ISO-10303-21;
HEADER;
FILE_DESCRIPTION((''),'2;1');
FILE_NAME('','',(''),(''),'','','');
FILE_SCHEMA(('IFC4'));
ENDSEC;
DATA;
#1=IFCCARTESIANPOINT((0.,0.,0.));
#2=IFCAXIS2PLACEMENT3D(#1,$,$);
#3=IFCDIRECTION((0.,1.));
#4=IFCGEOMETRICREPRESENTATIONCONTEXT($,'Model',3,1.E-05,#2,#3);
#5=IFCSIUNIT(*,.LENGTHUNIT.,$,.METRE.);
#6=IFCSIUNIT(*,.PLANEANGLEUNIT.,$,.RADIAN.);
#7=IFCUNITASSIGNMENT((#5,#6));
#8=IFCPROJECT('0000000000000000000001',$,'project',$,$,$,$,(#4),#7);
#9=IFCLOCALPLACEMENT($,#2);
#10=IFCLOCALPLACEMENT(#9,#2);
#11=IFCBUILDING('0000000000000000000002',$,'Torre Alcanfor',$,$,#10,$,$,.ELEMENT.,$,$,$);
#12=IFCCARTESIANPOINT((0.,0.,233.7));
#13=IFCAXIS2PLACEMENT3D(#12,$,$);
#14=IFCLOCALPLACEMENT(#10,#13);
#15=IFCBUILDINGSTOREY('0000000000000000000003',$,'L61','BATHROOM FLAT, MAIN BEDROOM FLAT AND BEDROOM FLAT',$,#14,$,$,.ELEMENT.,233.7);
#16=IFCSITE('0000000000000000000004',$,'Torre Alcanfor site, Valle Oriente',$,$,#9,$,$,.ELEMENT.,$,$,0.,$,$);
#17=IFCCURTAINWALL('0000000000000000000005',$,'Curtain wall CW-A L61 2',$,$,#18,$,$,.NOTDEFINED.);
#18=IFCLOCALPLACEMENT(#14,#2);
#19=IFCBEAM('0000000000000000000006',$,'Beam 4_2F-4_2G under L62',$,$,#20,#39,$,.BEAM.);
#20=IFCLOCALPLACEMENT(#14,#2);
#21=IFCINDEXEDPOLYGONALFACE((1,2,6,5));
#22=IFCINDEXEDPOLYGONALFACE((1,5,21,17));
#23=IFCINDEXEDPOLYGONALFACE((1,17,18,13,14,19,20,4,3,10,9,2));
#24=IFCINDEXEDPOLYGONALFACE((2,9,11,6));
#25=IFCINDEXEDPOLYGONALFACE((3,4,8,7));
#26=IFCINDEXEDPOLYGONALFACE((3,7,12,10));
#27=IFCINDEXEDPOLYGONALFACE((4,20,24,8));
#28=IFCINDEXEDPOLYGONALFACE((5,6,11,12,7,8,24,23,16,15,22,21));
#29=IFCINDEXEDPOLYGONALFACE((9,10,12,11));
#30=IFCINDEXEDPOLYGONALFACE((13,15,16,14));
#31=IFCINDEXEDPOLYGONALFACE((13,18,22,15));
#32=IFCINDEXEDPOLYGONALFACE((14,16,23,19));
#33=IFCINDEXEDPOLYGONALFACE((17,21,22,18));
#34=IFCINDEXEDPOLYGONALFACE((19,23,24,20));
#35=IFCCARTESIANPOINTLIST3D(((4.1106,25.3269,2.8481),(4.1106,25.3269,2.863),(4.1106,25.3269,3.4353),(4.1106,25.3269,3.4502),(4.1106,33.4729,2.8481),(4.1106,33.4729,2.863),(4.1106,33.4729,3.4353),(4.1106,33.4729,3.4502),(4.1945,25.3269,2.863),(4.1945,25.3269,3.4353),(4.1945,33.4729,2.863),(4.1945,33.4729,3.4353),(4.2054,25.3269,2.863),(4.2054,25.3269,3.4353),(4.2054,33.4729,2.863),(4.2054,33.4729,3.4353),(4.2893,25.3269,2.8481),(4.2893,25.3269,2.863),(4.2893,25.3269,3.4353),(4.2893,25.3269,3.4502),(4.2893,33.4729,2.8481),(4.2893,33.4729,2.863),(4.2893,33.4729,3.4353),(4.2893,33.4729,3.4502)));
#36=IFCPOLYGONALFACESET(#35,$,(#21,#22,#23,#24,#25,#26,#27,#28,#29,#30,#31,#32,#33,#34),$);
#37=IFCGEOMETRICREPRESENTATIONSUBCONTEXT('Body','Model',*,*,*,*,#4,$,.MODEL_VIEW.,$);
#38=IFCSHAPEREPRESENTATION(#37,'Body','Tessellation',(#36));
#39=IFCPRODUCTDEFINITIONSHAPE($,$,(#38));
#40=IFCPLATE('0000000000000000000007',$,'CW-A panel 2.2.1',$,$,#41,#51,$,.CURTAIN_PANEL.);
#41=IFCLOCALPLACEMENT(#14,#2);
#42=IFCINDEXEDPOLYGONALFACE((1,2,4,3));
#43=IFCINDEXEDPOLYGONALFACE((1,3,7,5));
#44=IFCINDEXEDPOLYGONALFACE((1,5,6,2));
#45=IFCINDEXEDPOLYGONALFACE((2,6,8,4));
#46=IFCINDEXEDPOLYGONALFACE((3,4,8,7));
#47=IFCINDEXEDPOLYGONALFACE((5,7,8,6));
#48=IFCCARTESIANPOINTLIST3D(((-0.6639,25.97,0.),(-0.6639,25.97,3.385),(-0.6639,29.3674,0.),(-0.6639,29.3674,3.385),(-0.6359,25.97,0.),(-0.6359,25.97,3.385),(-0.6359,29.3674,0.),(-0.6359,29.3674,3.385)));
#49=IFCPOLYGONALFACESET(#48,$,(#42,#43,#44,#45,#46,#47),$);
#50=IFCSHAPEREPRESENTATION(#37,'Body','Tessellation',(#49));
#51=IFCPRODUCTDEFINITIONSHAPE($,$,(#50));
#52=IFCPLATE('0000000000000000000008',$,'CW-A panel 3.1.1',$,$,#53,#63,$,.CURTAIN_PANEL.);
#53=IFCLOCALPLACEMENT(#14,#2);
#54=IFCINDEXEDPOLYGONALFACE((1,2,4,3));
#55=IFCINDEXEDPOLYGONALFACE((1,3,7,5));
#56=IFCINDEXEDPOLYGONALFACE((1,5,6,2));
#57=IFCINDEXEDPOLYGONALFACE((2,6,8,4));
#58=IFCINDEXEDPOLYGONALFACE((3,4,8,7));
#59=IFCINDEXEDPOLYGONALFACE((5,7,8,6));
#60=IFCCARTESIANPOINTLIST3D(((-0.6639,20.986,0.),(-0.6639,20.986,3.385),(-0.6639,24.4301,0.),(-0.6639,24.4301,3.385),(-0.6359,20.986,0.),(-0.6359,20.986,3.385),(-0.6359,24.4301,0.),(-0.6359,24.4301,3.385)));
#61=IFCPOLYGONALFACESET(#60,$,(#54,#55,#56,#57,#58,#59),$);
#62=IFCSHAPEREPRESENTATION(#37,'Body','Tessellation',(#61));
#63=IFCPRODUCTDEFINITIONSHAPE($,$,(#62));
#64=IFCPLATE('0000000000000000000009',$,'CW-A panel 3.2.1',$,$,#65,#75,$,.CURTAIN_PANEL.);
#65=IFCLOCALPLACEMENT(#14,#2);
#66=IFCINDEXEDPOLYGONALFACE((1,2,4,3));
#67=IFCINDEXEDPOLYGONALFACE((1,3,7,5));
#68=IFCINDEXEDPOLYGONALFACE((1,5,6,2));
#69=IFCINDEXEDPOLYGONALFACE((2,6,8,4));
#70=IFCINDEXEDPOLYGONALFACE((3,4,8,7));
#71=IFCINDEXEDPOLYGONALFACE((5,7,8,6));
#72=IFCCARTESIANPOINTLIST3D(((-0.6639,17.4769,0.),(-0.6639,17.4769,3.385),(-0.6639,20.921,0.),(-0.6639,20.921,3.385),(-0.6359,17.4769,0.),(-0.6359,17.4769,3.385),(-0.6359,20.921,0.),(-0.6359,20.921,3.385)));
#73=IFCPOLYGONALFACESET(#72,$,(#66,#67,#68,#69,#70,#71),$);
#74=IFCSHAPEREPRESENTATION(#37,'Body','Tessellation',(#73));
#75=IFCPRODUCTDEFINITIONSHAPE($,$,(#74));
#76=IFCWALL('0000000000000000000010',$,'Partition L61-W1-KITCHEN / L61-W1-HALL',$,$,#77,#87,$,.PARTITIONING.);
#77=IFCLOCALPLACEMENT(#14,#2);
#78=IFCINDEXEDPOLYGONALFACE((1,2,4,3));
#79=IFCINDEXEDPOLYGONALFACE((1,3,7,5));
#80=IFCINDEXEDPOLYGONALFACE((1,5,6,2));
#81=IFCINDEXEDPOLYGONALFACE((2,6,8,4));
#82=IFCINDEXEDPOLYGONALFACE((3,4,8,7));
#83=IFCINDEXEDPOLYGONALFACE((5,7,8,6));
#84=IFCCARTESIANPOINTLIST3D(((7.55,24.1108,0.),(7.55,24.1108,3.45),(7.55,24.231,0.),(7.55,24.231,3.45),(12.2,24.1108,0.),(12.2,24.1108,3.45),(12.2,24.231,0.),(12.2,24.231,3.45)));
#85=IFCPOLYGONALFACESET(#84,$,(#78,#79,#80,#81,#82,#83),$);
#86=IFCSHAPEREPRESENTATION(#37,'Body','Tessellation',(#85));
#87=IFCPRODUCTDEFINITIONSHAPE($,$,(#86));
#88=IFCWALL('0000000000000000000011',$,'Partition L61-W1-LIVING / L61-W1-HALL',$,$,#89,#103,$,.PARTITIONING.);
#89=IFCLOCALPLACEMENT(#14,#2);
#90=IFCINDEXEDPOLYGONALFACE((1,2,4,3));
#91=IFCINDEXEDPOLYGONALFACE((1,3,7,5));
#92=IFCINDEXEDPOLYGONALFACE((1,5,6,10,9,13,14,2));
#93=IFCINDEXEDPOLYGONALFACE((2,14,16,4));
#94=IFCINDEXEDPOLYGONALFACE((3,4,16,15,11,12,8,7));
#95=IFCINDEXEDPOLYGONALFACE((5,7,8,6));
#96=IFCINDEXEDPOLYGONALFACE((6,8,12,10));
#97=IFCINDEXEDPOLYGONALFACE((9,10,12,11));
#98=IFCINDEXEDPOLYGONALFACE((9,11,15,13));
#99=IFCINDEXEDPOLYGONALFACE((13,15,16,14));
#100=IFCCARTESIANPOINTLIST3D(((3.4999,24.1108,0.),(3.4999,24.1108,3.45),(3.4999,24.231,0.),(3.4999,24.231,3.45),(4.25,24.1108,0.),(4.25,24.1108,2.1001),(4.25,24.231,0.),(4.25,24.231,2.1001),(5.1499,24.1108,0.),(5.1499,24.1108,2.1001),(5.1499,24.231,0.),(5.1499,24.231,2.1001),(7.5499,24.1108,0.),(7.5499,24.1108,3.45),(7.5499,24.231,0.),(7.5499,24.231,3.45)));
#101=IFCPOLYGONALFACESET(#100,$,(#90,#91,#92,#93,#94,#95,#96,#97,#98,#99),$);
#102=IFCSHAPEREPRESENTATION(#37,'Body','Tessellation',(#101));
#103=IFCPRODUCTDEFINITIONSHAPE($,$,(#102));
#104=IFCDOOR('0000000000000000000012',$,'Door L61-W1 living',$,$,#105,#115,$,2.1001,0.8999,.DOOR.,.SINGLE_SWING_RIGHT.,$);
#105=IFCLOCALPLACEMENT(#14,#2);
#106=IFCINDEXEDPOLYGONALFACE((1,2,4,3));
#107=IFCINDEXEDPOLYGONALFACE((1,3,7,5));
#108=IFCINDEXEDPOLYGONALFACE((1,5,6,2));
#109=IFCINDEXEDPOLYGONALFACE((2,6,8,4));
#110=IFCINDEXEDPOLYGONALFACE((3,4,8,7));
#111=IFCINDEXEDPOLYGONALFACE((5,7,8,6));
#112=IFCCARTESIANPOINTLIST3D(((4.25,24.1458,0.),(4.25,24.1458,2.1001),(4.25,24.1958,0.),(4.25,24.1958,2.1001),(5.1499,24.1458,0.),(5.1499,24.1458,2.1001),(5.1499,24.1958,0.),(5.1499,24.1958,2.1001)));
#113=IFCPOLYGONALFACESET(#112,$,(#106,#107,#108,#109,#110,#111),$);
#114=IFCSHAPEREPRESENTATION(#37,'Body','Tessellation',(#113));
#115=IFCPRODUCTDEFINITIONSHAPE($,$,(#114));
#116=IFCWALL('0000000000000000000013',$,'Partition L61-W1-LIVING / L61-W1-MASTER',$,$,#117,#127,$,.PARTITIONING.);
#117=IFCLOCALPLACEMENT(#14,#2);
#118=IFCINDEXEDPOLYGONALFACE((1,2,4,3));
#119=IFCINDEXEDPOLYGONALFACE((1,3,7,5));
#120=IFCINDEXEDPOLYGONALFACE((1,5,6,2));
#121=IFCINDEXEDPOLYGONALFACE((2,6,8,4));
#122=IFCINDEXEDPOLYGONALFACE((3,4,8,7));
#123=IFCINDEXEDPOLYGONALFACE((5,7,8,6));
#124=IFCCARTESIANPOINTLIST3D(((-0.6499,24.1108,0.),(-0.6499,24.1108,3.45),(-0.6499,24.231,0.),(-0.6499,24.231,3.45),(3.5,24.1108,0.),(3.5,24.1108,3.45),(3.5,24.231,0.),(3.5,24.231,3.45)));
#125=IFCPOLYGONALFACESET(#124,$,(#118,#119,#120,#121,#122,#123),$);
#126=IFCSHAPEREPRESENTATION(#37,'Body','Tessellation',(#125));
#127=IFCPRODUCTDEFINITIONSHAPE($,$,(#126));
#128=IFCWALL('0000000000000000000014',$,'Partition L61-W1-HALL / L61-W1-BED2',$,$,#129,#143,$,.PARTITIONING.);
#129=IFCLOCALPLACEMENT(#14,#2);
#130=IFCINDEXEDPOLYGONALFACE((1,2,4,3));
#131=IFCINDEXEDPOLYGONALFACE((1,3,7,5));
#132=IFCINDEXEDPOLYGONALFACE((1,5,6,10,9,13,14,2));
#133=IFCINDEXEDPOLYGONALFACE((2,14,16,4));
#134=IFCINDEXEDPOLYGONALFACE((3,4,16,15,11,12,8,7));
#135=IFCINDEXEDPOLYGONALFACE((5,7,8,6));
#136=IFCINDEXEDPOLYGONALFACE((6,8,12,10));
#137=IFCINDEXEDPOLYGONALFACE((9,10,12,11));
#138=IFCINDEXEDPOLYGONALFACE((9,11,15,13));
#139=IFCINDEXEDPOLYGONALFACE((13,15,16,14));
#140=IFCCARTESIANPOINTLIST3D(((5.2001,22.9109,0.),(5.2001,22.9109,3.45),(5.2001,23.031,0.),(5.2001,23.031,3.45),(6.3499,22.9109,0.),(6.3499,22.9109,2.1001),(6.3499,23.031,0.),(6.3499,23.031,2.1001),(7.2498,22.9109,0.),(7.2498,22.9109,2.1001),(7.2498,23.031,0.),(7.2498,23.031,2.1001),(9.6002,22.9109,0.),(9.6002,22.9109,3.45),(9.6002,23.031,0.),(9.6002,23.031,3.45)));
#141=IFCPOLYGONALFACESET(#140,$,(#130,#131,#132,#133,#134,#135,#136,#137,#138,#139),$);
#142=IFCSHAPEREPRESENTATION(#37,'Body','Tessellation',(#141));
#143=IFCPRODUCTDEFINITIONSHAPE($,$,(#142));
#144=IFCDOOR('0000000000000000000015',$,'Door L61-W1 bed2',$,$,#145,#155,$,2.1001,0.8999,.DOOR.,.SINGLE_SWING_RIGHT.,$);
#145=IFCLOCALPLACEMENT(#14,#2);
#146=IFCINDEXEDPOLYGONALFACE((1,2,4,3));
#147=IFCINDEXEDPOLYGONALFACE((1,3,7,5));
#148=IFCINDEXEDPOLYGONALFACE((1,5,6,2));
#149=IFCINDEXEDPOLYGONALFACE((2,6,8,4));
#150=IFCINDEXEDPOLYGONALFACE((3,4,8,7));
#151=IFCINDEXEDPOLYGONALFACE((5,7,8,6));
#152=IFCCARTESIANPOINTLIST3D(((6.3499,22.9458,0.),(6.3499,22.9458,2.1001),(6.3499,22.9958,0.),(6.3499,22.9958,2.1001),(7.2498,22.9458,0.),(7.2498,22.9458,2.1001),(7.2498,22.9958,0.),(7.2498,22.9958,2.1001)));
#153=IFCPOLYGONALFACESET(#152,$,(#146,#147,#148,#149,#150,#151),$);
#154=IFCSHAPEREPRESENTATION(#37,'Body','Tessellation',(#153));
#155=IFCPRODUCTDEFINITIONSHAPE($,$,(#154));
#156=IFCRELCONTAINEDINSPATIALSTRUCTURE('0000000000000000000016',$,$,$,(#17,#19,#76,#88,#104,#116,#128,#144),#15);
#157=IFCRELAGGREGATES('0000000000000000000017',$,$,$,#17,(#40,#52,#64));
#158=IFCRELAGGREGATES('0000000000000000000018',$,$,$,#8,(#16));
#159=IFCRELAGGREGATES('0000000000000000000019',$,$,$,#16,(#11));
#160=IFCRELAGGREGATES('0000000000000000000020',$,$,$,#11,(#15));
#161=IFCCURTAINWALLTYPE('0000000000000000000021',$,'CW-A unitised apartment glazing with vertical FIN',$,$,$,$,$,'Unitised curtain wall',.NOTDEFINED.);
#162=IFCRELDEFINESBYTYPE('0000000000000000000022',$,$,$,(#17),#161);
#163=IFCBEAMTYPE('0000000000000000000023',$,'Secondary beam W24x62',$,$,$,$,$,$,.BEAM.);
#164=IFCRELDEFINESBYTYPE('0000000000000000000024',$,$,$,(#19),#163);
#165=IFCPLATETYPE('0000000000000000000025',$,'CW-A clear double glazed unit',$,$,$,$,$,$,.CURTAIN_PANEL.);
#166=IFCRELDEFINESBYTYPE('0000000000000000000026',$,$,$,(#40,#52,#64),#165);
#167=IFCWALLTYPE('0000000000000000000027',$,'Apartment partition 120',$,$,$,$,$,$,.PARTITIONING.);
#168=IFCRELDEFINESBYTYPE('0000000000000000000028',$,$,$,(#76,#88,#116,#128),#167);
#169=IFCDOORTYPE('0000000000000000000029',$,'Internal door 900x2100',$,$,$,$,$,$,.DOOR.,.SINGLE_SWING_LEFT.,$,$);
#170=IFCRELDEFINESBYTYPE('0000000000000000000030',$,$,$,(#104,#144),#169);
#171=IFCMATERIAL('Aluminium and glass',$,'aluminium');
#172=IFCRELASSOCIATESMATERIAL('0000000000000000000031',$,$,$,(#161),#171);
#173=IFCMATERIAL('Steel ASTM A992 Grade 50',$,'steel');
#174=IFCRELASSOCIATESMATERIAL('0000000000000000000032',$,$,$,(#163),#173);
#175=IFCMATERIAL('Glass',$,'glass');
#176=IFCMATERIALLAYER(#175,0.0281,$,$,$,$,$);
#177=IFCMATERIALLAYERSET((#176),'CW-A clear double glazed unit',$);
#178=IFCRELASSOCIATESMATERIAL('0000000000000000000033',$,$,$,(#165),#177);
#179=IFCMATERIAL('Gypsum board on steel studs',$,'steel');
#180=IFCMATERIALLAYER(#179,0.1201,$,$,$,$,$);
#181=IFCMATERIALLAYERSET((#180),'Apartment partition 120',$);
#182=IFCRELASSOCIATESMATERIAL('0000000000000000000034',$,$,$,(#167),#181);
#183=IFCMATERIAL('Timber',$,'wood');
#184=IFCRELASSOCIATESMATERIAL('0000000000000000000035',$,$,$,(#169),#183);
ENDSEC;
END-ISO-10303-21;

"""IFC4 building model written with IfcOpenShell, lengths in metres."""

from ifc_helpers import new_model, si_unit, direction, frame, frame_2d, origin, origin_2d, place, context, subcontext, project, spatial, rectangle, i_section, extrude, material, layer, layer_set, material_profile, profile_set, type_object, element, fill, aggregate, save


model = new_model("IFC4")

# Units and contexts
model_context = context("Model", 3, precision=1e-05, world=origin(), true_north=direction((0.0, 1.0)))
body_context = subcontext(model_context, "Body", "Model", "MODEL_VIEW")
ifc_project = project(units=[si_unit("LENGTHUNIT", "METRE"), si_unit("PLANEANGLEUNIT", "RADIAN")], contexts=[model_context])

# Site, building, storey
site_placement = place(None, origin())
site = spatial("IfcSite", under=ifc_project, at=site_placement, Name="Torre Alcanfor site, Valle Oriente", CompositionType="ELEMENT", RefElevation=0.0)
building_placement = place(site_placement, origin())
building = spatial("IfcBuilding", under=site, at=building_placement, Name="Torre Alcanfor", CompositionType="ELEMENT")
storey_placement = place(building_placement, frame((0.0, 0.0, 233.7)))
storey = spatial("IfcBuildingStorey", under=building, at=storey_placement, Name="L61", Description="BATHROOM FLAT, MAIN BEDROOM FLAT AND BEDROOM FLAT", CompositionType="ELEMENT", Elevation=233.7)

# Curtain wall
ifc_material_1 = material(Name="Aluminium and glass", Category="aluminium")
curtain_wall_type = type_object("IfcCurtainWallType", Name="CW-A unitised apartment glazing with vertical FIN", ElementType="Unitised curtain wall", PredefinedType="NOTDEFINED", material=ifc_material_1)
curtain_wall_placement = place(storey_placement, origin())
curtain_wall = element("IfcCurtainWall", 1, at=curtain_wall_placement, inside=storey, type_object=curtain_wall_type, Name="Curtain wall CW-A L61 2", PredefinedType="NOTDEFINED")

# Beam
ifc_material_2 = material(Name="Steel ASTM A992 Grade 50", Category="steel")
ifc_material_profile_1 = material_profile(ifc_material_2, i_section(OverallWidth=0.1787, OverallDepth=0.6021, WebThickness=0.011, FlangeThickness=0.0149, at=origin_2d()), Name="W24x62")
ifc_profile_set_1 = profile_set([ifc_material_profile_1], Name="Steel ASTM A992 Grade 50")
beam_type_1 = type_object("IfcBeamType", Name="Secondary beam W24x62", PredefinedType="BEAM", material=ifc_profile_set_1)
beam_1_placement = place(storey_placement, frame((4.2, 25.3269, 3.1492), z_axis=(0.0, 1.0, 0.0), x_axis=(-1.0, 0.0, 0.0)))
element("IfcBeam", 2, at=beam_1_placement, inside=storey, type_object=beam_type_1, Name="Beam 4_2F-4_2G under L62", PredefinedType="BEAM", context=body_context, shape_type="SweptSolid", body=[
    extrude(i_section(OverallWidth=0.1787, OverallDepth=0.6021, WebThickness=0.011, FlangeThickness=0.0149, at=origin_2d()), origin(), (0.0, 0.0, 1.0), 8.146),
])

# Plates
ifc_material_3 = material(Name="Glass", Category="glass")
ifc_layer_1 = layer(ifc_material_3, 0.0281)
ifc_layer_set_1 = layer_set([ifc_layer_1], Name="CW-A clear double glazed unit")
plate_type = type_object("IfcPlateType", Name="CW-A clear double glazed unit", PredefinedType="CURTAIN_PANEL", material=ifc_layer_set_1)
plate_1_placement = place(storey_placement, frame((-0.6499, 27.6687, 0.0), z_axis=(0.0, 0.0, 1.0), x_axis=(0.0, -1.0, 0.0)))
plate_1 = element("IfcPlate", 3, at=plate_1_placement, type_object=plate_type, Name="CW-A panel 2.2.1", PredefinedType="CURTAIN_PANEL", context=body_context, shape_type="SweptSolid", body=[
    extrude(rectangle(XDim=3.3975, YDim=0.0281, at=origin_2d()), origin(), (0.0, 0.0, 1.0), 3.385),
])
plate_2_placement = place(storey_placement, frame((-0.6499, 22.708, 0.0), z_axis=(0.0, 0.0, 1.0), x_axis=(0.0, -1.0, 0.0)))
plate_2 = element("IfcPlate", 4, at=plate_2_placement, type_object=plate_type, Name="CW-A panel 3.1.1", PredefinedType="CURTAIN_PANEL", context=body_context, shape_type="SweptSolid", body=[
    extrude(rectangle(XDim=3.4441, YDim=0.0281, at=origin_2d()), origin(), (0.0, 0.0, 1.0), 3.385),
])
plate_3_placement = place(storey_placement, frame((-0.6499, 19.199, 0.0), z_axis=(0.0, 0.0, 1.0), x_axis=(0.0, -1.0, 0.0)))
plate_3 = element("IfcPlate", 5, at=plate_3_placement, type_object=plate_type, Name="CW-A panel 3.2.1", PredefinedType="CURTAIN_PANEL", context=body_context, shape_type="SweptSolid", body=[
    extrude(rectangle(XDim=3.4441, YDim=0.0281, at=origin_2d()), origin(), (0.0, 0.0, 1.0), 3.385),
])
aggregate(curtain_wall, [plate_1, plate_2, plate_3])

# Wall
ifc_material_4 = material(Name="Gypsum board on steel studs", Category="steel")
ifc_layer_2 = layer(ifc_material_4, 0.1201)
ifc_layer_set_2 = layer_set([ifc_layer_2], Name="Apartment partition 120")
wall_type_1 = type_object("IfcWallType", Name="Apartment partition 120", PredefinedType="PARTITIONING", material=ifc_layer_set_2)
wall_1_placement = place(storey_placement, frame((7.55, 24.1709, 0.0), z_axis=(0.0, 0.0, 1.0), x_axis=(1.0, 0.0, 0.0)))
element("IfcWall", 6, at=wall_1_placement, inside=storey, type_object=wall_type_1, Name="Partition L61-W1-KITCHEN / L61-W1-HALL", PredefinedType="PARTITIONING", context=body_context, shape_type="SweptSolid", body=[
    extrude(rectangle(XDim=4.6499, YDim=0.1201, at=frame_2d((2.325, 0.0))), origin(), (0.0, 0.0, 1.0), 3.45),
])

# Wall, opening, door
wall_2_placement = place(storey_placement, frame((3.5, 24.1709, 0.0), z_axis=(0.0, 0.0, 1.0), x_axis=(1.0, 0.0, 0.0)))
wall_2 = element("IfcWall", 7, at=wall_2_placement, inside=storey, type_object=wall_type_1, Name="Partition L61-W1-LIVING / L61-W1-HALL", PredefinedType="PARTITIONING", context=body_context, shape_type="SweptSolid", body=[
    extrude(rectangle(XDim=4.05, YDim=0.1201, at=frame_2d((2.0249, 0.0))), origin(), (0.0, 0.0, 1.0), 3.45),
])
opening_1_placement = place(wall_2_placement, frame((0.75, 0.0, 0.0)))
opening_1 = element("IfcOpeningElement", 8, at=opening_1_placement, cuts=wall_2, PredefinedType="OPENING", context=body_context, shape_type="SweptSolid", body=[
    extrude(rectangle(XDim=0.8999, YDim=2.1001, at=frame_2d((0.45, 1.05))), frame((0.0, 0.0701, 0.0), z_axis=(0.0, -1.0, 0.0), x_axis=(1.0, 0.0, 0.0)), (0.0, 0.0, 1.0), 0.1401),
])
ifc_material_5 = material(Name="Timber", Category="wood")
door_type_1 = type_object("IfcDoorType", Name="Internal door 900x2100", OperationType="SINGLE_SWING_LEFT", PredefinedType="DOOR", material=ifc_material_5)
door_1_placement = place(opening_1_placement, origin())
door_1 = element("IfcDoor", 9, at=door_1_placement, inside=storey, type_object=door_type_1, Name="Door L61-W1 living", OperationType="SINGLE_SWING_RIGHT", OverallHeight=2.1001, OverallWidth=0.8999, PredefinedType="DOOR", context=body_context, shape_type="SweptSolid", body=[
    extrude(rectangle(XDim=0.8999, YDim=2.1001, at=frame_2d((0.45, 1.05))), frame((0.0, 0.0249, 0.0), z_axis=(0.0, -1.0, 0.0), x_axis=(1.0, 0.0, 0.0)), (0.0, 0.0, 1.0), 0.05),
])
fill(opening_1, door_1)

# Wall
wall_3_placement = place(storey_placement, frame((-0.6499, 24.1709, 0.0), z_axis=(0.0, 0.0, 1.0), x_axis=(1.0, 0.0, 0.0)))
element("IfcWall", 10, at=wall_3_placement, inside=storey, type_object=wall_type_1, Name="Partition L61-W1-LIVING / L61-W1-MASTER", PredefinedType="PARTITIONING", context=body_context, shape_type="SweptSolid", body=[
    extrude(rectangle(XDim=4.1499, YDim=0.1201, at=frame_2d((2.075, 0.0))), origin(), (0.0, 0.0, 1.0), 3.45),
])

# Wall, opening, door
wall_4_placement = place(storey_placement, frame((5.2, 22.9709, 0.0), z_axis=(0.0, 0.0, 1.0), x_axis=(1.0, 0.0, 0.0)))
wall_4 = element("IfcWall", 11, at=wall_4_placement, inside=storey, type_object=wall_type_1, Name="Partition L61-W1-HALL / L61-W1-BED2", PredefinedType="PARTITIONING", context=body_context, shape_type="SweptSolid", body=[
    extrude(rectangle(XDim=4.4001, YDim=0.1201, at=frame_2d((2.2002, 0.0))), origin(), (0.0, 0.0, 1.0), 3.45),
])
opening_2_placement = place(wall_4_placement, frame((1.1499, 0.0, 0.0)))
opening_2 = element("IfcOpeningElement", 12, at=opening_2_placement, cuts=wall_4, PredefinedType="OPENING", context=body_context, shape_type="SweptSolid", body=[
    extrude(rectangle(XDim=0.8999, YDim=2.1001, at=frame_2d((0.45, 1.05))), frame((0.0, 0.0701, 0.0), z_axis=(0.0, -1.0, 0.0), x_axis=(1.0, 0.0, 0.0)), (0.0, 0.0, 1.0), 0.1401),
])
door_2_placement = place(opening_2_placement, frame((0.8999, 0.0, 0.0), z_axis=(0.0, 0.0, 1.0), x_axis=(-1.0, 0.0, 0.0)))
door_2 = element("IfcDoor", 13, at=door_2_placement, inside=storey, type_object=door_type_1, Name="Door L61-W1 bed2", OperationType="SINGLE_SWING_RIGHT", OverallHeight=2.1001, OverallWidth=0.8999, PredefinedType="DOOR", context=body_context, shape_type="SweptSolid", body=[
    extrude(rectangle(XDim=0.8999, YDim=2.1001, at=frame_2d((0.45, 1.05))), frame((0.0, 0.0251, 0.0), z_axis=(0.0, -1.0, 0.0), x_axis=(1.0, 0.0, 0.0)), (0.0, 0.0, 1.0), 0.05),
])
fill(opening_2, door_2)

save(model, "model.ifc")
